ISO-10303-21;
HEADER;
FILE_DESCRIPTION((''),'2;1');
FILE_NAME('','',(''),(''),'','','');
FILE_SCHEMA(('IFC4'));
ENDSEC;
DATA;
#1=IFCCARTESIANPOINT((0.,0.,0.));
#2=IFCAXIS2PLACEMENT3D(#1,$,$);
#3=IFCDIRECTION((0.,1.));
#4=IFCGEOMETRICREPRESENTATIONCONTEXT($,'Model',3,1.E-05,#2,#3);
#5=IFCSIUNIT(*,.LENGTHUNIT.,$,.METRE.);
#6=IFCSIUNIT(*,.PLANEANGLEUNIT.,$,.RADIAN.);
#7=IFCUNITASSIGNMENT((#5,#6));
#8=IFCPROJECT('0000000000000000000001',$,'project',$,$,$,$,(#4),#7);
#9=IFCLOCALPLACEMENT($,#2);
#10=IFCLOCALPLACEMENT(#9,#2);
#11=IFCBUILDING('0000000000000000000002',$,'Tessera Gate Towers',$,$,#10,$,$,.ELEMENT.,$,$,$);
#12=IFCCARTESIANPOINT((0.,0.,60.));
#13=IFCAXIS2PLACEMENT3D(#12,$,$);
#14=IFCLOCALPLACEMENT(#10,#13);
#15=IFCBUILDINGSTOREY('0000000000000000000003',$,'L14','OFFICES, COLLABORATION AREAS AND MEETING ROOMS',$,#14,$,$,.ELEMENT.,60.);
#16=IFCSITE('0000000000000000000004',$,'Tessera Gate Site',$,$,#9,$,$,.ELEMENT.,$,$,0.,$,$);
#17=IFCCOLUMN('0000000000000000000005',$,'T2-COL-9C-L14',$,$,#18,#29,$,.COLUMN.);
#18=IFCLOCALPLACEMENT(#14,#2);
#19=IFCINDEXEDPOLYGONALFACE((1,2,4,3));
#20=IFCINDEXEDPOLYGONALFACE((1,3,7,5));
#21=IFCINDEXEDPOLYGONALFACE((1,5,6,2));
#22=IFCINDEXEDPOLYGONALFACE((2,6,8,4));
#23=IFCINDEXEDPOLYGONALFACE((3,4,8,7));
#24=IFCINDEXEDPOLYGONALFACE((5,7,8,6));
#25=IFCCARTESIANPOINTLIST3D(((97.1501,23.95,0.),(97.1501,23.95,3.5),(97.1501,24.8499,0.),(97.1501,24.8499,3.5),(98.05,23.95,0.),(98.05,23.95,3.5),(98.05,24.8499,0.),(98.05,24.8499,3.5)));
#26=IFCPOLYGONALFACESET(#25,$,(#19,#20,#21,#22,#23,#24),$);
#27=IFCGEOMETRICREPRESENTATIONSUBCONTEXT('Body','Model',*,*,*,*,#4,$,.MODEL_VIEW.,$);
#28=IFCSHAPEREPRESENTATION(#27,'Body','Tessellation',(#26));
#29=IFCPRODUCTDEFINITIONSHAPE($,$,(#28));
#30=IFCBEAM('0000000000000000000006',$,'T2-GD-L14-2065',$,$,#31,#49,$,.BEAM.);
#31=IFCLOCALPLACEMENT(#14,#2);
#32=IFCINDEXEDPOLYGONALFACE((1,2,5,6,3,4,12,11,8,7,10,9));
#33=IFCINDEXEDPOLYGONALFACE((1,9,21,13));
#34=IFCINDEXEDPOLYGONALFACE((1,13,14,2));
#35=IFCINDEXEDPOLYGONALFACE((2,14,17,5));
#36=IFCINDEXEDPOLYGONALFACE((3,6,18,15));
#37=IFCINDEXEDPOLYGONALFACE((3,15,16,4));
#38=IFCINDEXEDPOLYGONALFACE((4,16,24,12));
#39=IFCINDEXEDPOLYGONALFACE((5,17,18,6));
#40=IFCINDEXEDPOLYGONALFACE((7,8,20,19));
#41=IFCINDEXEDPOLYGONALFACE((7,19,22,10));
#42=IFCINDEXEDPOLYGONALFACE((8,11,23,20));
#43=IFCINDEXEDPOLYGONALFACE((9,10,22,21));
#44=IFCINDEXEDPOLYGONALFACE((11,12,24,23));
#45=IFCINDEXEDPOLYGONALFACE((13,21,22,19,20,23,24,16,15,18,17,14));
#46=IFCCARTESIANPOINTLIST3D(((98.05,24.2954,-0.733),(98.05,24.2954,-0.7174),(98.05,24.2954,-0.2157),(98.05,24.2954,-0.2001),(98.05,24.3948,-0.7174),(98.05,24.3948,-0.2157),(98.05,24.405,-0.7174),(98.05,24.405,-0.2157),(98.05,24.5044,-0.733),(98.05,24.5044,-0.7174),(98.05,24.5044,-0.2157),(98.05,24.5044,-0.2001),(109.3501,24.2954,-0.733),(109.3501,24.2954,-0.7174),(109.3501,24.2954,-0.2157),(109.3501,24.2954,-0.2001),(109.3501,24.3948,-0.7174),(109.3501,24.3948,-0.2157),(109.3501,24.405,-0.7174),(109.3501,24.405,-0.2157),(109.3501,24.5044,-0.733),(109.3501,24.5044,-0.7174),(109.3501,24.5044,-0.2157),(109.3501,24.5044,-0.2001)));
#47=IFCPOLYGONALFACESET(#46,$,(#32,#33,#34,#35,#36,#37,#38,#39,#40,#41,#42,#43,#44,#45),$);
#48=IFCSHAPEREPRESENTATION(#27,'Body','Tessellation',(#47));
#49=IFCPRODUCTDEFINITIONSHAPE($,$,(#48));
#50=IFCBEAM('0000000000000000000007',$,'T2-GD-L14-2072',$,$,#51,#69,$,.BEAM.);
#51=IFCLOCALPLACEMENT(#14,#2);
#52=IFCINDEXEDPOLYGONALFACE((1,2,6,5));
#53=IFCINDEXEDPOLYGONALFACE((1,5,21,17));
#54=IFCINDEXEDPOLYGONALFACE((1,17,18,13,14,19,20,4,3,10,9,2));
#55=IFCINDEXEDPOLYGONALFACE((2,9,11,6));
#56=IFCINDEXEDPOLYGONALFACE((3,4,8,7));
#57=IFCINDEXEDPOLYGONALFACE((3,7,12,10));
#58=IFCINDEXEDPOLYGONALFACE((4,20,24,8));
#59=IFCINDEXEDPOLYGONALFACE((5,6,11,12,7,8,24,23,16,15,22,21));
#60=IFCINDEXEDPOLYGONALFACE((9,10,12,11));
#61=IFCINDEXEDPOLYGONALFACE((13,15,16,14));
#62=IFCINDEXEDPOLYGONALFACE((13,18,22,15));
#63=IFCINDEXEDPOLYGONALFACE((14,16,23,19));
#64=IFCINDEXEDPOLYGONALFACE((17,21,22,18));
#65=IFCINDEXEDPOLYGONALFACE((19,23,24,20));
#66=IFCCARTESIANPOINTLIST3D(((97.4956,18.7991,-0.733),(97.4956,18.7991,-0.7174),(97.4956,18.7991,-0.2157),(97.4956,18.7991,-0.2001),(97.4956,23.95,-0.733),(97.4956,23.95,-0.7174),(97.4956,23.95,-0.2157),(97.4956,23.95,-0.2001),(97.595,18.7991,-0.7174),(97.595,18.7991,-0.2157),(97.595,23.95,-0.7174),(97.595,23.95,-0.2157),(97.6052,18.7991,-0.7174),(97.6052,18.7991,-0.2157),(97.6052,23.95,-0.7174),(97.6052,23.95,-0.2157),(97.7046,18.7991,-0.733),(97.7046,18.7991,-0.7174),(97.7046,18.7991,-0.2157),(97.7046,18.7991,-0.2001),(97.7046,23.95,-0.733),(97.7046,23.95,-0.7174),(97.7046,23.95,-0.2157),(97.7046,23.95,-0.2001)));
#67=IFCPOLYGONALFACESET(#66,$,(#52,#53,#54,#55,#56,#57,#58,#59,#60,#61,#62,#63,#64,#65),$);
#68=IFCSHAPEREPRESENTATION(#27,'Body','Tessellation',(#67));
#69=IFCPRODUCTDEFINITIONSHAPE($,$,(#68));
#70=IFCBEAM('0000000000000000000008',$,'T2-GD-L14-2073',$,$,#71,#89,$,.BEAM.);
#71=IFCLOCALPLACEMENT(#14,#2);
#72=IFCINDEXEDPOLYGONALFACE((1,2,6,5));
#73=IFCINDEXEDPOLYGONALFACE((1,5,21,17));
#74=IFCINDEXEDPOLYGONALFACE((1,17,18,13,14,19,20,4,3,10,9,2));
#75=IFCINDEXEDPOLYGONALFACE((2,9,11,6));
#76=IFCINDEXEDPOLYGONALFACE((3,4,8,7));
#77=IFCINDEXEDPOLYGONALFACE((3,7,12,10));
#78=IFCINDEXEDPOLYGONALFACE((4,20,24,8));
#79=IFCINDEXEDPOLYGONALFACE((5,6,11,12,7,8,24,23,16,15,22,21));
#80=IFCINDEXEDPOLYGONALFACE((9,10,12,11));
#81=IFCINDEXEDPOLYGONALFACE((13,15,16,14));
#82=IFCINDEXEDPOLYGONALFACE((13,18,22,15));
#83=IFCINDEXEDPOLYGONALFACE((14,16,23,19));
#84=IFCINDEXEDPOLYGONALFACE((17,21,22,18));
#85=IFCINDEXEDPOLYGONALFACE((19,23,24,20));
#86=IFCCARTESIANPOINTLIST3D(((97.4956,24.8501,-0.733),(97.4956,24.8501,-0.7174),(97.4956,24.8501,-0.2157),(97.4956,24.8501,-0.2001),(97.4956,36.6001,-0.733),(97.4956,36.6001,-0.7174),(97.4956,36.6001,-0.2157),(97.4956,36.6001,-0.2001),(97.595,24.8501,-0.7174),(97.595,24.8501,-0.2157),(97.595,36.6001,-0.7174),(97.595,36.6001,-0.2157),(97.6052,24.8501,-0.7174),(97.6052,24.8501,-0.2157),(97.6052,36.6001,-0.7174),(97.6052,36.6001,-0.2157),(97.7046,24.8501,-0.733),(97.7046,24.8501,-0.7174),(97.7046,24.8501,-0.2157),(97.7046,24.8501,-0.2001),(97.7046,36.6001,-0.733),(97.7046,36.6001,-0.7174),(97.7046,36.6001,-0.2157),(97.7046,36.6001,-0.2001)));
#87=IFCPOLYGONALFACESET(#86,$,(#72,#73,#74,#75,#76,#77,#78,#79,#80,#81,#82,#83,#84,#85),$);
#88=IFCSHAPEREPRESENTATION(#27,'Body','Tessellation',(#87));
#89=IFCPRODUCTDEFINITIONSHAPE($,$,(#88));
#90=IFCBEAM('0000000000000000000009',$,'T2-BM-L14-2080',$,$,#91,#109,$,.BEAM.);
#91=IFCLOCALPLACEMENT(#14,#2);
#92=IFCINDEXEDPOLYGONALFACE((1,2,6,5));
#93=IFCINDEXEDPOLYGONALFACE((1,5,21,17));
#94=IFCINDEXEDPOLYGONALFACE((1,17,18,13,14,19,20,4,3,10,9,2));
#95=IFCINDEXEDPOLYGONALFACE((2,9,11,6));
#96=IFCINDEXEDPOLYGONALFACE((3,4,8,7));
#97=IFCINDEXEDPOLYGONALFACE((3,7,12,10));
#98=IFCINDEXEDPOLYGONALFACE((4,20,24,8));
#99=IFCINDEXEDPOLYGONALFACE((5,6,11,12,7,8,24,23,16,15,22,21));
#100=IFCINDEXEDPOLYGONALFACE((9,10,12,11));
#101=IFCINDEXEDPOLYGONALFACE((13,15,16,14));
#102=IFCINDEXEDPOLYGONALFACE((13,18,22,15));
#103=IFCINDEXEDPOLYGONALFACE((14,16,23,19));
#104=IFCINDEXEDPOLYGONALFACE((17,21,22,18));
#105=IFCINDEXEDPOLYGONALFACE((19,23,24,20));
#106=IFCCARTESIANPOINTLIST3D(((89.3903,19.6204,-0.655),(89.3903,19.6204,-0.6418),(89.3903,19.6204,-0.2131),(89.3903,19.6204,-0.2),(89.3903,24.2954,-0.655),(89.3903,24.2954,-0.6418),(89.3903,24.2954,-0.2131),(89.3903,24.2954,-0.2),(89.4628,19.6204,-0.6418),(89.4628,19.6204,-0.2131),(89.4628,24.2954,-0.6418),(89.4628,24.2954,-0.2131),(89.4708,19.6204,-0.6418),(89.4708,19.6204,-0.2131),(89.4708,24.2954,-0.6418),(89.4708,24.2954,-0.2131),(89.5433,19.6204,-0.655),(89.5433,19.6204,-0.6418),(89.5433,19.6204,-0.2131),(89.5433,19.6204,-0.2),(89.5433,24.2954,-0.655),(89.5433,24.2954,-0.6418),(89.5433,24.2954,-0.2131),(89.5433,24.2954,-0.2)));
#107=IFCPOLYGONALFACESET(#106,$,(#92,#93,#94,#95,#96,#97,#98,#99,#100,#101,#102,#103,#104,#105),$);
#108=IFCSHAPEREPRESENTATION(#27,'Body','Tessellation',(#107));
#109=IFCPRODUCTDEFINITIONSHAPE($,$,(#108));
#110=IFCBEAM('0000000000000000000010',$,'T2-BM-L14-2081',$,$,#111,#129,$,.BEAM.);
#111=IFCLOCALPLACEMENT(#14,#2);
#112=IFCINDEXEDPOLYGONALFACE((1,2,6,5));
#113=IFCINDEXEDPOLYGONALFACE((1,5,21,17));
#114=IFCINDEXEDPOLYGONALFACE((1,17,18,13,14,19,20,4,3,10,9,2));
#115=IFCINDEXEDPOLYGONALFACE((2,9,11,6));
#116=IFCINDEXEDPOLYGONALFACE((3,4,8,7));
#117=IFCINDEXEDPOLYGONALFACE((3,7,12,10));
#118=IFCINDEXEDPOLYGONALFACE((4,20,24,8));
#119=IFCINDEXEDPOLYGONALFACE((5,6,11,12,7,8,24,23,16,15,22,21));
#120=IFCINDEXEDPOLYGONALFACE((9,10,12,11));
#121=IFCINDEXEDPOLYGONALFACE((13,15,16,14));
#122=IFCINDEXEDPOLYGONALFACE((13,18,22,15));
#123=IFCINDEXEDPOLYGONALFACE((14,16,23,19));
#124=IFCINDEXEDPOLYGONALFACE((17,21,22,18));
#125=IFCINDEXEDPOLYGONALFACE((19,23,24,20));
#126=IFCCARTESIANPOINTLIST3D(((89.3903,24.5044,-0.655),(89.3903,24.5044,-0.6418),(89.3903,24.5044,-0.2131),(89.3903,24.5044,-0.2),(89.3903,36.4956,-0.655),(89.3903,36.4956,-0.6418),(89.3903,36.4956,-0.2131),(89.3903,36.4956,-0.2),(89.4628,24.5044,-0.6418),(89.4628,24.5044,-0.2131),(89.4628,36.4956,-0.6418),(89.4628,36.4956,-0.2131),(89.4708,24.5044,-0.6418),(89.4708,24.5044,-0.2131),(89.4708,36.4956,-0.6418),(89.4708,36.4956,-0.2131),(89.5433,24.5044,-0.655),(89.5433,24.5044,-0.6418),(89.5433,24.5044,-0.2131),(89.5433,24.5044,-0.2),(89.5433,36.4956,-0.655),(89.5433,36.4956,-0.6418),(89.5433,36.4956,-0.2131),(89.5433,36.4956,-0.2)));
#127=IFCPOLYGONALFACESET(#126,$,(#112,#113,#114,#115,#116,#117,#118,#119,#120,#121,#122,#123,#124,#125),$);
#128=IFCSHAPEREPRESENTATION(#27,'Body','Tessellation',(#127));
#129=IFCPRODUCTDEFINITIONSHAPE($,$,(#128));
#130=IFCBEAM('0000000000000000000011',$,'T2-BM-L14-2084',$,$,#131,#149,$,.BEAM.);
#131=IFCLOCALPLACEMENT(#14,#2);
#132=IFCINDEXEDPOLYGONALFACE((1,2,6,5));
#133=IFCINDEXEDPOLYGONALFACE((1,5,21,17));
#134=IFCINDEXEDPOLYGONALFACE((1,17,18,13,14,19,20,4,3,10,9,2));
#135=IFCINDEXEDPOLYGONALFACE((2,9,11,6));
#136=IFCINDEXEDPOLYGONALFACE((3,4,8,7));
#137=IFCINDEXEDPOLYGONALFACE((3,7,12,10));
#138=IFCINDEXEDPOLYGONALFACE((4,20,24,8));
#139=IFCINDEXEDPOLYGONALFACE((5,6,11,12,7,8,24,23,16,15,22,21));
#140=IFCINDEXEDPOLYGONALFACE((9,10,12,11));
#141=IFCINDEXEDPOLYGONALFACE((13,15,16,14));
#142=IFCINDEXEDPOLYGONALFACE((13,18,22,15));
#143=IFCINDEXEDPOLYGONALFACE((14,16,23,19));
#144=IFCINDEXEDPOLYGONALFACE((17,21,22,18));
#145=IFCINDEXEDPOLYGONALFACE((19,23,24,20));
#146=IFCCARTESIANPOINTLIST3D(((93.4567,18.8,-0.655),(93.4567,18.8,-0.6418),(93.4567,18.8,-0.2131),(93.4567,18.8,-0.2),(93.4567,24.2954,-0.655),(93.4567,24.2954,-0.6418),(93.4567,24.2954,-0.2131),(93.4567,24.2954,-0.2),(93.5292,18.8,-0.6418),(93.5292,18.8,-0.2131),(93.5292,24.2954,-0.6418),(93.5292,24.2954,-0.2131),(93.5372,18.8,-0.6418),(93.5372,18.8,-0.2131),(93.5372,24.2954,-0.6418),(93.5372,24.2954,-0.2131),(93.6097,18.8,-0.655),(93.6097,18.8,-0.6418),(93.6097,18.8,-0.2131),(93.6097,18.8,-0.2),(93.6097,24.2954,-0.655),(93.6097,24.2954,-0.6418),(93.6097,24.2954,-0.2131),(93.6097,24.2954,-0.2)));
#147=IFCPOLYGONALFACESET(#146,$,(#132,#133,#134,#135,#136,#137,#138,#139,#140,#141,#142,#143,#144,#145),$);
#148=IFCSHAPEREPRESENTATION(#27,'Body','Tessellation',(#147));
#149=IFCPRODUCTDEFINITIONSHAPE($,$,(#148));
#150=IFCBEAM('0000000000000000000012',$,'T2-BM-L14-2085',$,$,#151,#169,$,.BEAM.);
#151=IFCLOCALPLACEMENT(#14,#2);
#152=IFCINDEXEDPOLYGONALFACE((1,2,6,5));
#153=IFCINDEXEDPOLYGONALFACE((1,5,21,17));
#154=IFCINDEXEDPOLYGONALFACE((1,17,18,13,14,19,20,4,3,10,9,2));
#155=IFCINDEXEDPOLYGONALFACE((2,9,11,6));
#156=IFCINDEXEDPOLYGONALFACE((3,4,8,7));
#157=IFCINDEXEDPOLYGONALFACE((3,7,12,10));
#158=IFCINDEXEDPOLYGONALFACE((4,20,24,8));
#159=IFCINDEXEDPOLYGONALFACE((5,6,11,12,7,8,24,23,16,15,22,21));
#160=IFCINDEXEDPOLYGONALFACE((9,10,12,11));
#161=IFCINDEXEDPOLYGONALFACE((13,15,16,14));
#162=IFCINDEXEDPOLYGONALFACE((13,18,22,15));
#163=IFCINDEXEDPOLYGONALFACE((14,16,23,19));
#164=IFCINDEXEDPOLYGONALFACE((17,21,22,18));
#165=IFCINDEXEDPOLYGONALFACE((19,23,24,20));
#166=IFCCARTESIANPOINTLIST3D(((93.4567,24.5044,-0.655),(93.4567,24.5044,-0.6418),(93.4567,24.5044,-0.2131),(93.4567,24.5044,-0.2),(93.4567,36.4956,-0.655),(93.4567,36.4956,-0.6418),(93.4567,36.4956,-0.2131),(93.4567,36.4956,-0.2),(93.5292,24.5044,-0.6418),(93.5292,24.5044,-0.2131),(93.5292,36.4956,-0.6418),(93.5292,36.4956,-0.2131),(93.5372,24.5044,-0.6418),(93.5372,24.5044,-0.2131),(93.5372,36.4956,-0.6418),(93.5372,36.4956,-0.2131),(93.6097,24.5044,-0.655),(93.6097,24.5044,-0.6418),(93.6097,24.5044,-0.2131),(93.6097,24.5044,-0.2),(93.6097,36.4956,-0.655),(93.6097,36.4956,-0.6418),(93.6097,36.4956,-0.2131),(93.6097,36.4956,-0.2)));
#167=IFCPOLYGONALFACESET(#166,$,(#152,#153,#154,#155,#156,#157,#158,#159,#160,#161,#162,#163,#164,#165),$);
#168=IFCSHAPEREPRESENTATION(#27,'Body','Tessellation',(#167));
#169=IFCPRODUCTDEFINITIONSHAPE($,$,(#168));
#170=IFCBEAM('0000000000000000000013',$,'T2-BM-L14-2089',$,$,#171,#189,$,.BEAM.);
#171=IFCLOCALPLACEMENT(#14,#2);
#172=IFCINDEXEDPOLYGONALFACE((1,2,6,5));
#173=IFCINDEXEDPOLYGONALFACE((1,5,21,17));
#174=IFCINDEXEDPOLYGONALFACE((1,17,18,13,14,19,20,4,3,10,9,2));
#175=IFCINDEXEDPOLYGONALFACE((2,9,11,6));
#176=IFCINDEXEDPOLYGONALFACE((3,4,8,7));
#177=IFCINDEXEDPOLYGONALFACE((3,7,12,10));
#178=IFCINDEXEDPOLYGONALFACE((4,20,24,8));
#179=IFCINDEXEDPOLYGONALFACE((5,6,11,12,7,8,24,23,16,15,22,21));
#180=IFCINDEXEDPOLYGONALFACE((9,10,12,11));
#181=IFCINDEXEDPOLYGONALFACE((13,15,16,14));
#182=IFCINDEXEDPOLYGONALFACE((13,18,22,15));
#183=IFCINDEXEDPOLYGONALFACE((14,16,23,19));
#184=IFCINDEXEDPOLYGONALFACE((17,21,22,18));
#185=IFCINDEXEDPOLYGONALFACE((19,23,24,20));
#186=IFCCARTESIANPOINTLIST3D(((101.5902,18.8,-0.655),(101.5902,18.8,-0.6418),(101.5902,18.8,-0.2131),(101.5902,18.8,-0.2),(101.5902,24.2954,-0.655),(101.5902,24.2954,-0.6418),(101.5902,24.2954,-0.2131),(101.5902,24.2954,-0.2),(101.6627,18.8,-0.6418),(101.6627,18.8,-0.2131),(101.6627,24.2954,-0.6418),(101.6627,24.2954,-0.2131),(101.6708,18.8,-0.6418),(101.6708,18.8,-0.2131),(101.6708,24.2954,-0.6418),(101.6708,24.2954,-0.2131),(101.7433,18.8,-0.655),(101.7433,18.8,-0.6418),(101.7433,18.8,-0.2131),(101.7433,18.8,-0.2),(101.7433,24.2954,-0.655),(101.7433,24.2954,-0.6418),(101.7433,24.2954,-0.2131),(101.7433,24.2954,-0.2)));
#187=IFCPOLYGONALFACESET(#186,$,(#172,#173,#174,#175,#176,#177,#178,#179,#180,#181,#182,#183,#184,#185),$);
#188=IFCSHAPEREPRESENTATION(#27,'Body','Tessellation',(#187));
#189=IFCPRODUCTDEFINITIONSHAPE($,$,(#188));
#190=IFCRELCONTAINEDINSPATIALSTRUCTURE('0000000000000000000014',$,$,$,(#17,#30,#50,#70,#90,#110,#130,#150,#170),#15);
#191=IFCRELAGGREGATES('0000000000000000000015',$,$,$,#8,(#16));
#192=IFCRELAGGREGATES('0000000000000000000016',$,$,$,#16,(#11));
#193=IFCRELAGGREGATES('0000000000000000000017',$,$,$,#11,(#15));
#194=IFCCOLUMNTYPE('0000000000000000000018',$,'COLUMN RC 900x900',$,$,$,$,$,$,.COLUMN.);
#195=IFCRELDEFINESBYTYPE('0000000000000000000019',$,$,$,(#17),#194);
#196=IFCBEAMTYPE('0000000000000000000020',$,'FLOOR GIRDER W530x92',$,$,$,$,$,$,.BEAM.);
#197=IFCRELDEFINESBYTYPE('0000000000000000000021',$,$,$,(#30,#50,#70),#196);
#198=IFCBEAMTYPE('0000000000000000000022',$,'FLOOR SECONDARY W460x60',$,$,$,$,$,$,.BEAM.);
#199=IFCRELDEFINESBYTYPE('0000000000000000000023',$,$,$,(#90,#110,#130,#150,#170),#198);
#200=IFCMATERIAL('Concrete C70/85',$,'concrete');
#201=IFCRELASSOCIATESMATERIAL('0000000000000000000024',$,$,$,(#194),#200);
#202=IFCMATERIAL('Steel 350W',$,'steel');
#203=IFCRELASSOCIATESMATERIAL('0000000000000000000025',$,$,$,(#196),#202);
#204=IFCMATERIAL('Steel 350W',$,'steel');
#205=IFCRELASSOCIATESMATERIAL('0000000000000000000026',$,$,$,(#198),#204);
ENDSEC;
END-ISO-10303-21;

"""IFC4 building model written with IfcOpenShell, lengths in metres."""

from ifc_helpers import new_model, si_unit, direction, frame, origin, origin_2d, place, context, subcontext, project, spatial, rectangle, i_section, extrude, material, material_profile, profile_set, type_object, element, save


model = new_model("IFC4")

# Units and contexts
model_context = context("Model", 3, precision=1e-05, world=origin(), true_north=direction((0.0, 1.0)))
body_context = subcontext(model_context, "Body", "Model", "MODEL_VIEW")
ifc_project = project(units=[si_unit("LENGTHUNIT", "METRE"), si_unit("PLANEANGLEUNIT", "RADIAN")], contexts=[model_context])

# Site, building, storey
site_placement = place(None, origin())
site = spatial("IfcSite", under=ifc_project, at=site_placement, Name="Tessera Gate Site", CompositionType="ELEMENT", RefElevation=0.0)
building_placement = place(site_placement, origin())
building = spatial("IfcBuilding", under=site, at=building_placement, Name="Tessera Gate Towers", CompositionType="ELEMENT")
storey_placement = place(building_placement, frame((0.0, 0.0, 60.0)))
storey = spatial("IfcBuildingStorey", under=building, at=storey_placement, Name="L14", Description="OFFICES, COLLABORATION AREAS AND MEETING ROOMS", CompositionType="ELEMENT", Elevation=60.0)

# Column
ifc_material_1 = material(Name="Concrete C70/85", Category="concrete")
ifc_material_profile_1 = material_profile(ifc_material_1, rectangle(XDim=0.8999, YDim=0.8999, at=origin_2d()), Name="RC 900x900")
ifc_profile_set_1 = profile_set([ifc_material_profile_1], Name="Concrete C70/85")
column_type = type_object("IfcColumnType", Name="COLUMN RC 900x900", PredefinedType="COLUMN", material=ifc_profile_set_1)
column_placement = place(storey_placement, frame((97.6001, 24.3999, 0.0), z_axis=(0.0, 0.0, 1.0), x_axis=(1.0, 0.0, 0.0)))
element("IfcColumn", 1, at=column_placement, inside=storey, type_object=column_type, Name="T2-COL-9C-L14", PredefinedType="COLUMN", context=body_context, shape_type="SweptSolid", body=[
    extrude(rectangle(XDim=0.8999, YDim=0.8999, at=origin_2d()), origin(), (0.0, 0.0, 1.0), 3.5),
])

# Beams
ifc_material_2 = material(Name="Steel 350W", Category="steel")
ifc_material_profile_2 = material_profile(ifc_material_2, i_section(OverallWidth=0.209, OverallDepth=0.533, WebThickness=0.0103, FlangeThickness=0.0156, at=origin_2d()), Name="W530x92")
ifc_profile_set_2 = profile_set([ifc_material_profile_2], Name="Steel 350W")
beam_type_1 = type_object("IfcBeamType", Name="FLOOR GIRDER W530x92", PredefinedType="BEAM", material=ifc_profile_set_2)
beam_1_placement = place(storey_placement, frame((98.05, 24.3999, -0.4666), z_axis=(1.0, 0.0, 0.0), x_axis=(0.0, 1.0, 0.0)))
element("IfcBeam", 2, at=beam_1_placement, inside=storey, type_object=beam_type_1, Name="T2-GD-L14-2065", PredefinedType="BEAM", context=body_context, shape_type="SweptSolid", body=[
    extrude(i_section(OverallWidth=0.209, OverallDepth=0.533, WebThickness=0.0103, FlangeThickness=0.0156, at=origin_2d()), origin(), (0.0, 0.0, 1.0), 11.3),
])
beam_2_placement = place(storey_placement, frame((97.6001, 18.7991, -0.4666), z_axis=(0.0, 1.0, 0.0), x_axis=(-1.0, 0.0, 0.0)))
element("IfcBeam", 3, at=beam_2_placement, inside=storey, type_object=beam_type_1, Name="T2-GD-L14-2072", PredefinedType="BEAM", context=body_context, shape_type="SweptSolid", body=[
    extrude(i_section(OverallWidth=0.209, OverallDepth=0.533, WebThickness=0.0103, FlangeThickness=0.0156, at=origin_2d()), origin(), (0.0, 0.0, 1.0), 5.1509),
])
beam_3_placement = place(storey_placement, frame((97.6001, 24.8501, -0.4666), z_axis=(0.0, 1.0, 0.0), x_axis=(-1.0, 0.0, 0.0)))
element("IfcBeam", 4, at=beam_3_placement, inside=storey, type_object=beam_type_1, Name="T2-GD-L14-2073", PredefinedType="BEAM", context=body_context, shape_type="SweptSolid", body=[
    extrude(i_section(OverallWidth=0.209, OverallDepth=0.533, WebThickness=0.0103, FlangeThickness=0.0156, at=origin_2d()), origin(), (0.0, 0.0, 1.0), 11.75),
])
ifc_material_3 = material(Name="Steel 350W", Category="steel")
ifc_material_profile_3 = material_profile(ifc_material_3, i_section(OverallWidth=0.1531, OverallDepth=0.4551, WebThickness=0.0081, FlangeThickness=0.0132, at=origin_2d()), Name="W460x60")
ifc_profile_set_3 = profile_set([ifc_material_profile_3], Name="Steel 350W")
beam_type_2 = type_object("IfcBeamType", Name="FLOOR SECONDARY W460x60", PredefinedType="BEAM", material=ifc_profile_set_3)
beam_4_placement = place(storey_placement, frame((89.4668, 19.6204, -0.4275), z_axis=(0.0, 1.0, 0.0), x_axis=(-1.0, 0.0, 0.0)))
element("IfcBeam", 5, at=beam_4_placement, inside=storey, type_object=beam_type_2, Name="T2-BM-L14-2080", PredefinedType="BEAM", context=body_context, shape_type="SweptSolid", body=[
    extrude(i_section(OverallWidth=0.1531, OverallDepth=0.4551, WebThickness=0.0081, FlangeThickness=0.0132, at=origin_2d()), origin(), (0.0, 0.0, 1.0), 4.675),
])
beam_5_placement = place(storey_placement, frame((89.4668, 24.5044, -0.4275), z_axis=(0.0, 1.0, 0.0), x_axis=(-1.0, 0.0, 0.0)))
element("IfcBeam", 6, at=beam_5_placement, inside=storey, type_object=beam_type_2, Name="T2-BM-L14-2081", PredefinedType="BEAM", context=body_context, shape_type="SweptSolid", body=[
    extrude(i_section(OverallWidth=0.1531, OverallDepth=0.4551, WebThickness=0.0081, FlangeThickness=0.0132, at=origin_2d()), origin(), (0.0, 0.0, 1.0), 11.9912),
])
beam_6_placement = place(storey_placement, frame((93.5332, 18.8, -0.4275), z_axis=(0.0, 1.0, 0.0), x_axis=(-1.0, 0.0, 0.0)))
element("IfcBeam", 7, at=beam_6_placement, inside=storey, type_object=beam_type_2, Name="T2-BM-L14-2084", PredefinedType="BEAM", context=body_context, shape_type="SweptSolid", body=[
    extrude(i_section(OverallWidth=0.1531, OverallDepth=0.4551, WebThickness=0.0081, FlangeThickness=0.0132, at=origin_2d()), origin(), (0.0, 0.0, 1.0), 5.4954),
])
beam_7_placement = place(storey_placement, frame((93.5332, 24.5044, -0.4275), z_axis=(0.0, 1.0, 0.0), x_axis=(-1.0, 0.0, 0.0)))
element("IfcBeam", 8, at=beam_7_placement, inside=storey, type_object=beam_type_2, Name="T2-BM-L14-2085", PredefinedType="BEAM", context=body_context, shape_type="SweptSolid", body=[
    extrude(i_section(OverallWidth=0.1531, OverallDepth=0.4551, WebThickness=0.0081, FlangeThickness=0.0132, at=origin_2d()), origin(), (0.0, 0.0, 1.0), 11.9912),
])
beam_8_placement = place(storey_placement, frame((101.6667, 18.8, -0.4275), z_axis=(0.0, 1.0, 0.0), x_axis=(-1.0, 0.0, 0.0)))
element("IfcBeam", 9, at=beam_8_placement, inside=storey, type_object=beam_type_2, Name="T2-BM-L14-2089", PredefinedType="BEAM", context=body_context, shape_type="SweptSolid", body=[
    extrude(i_section(OverallWidth=0.1531, OverallDepth=0.4551, WebThickness=0.0081, FlangeThickness=0.0132, at=origin_2d()), origin(), (0.0, 0.0, 1.0), 5.4954),
])

save(model, "model.ifc")
